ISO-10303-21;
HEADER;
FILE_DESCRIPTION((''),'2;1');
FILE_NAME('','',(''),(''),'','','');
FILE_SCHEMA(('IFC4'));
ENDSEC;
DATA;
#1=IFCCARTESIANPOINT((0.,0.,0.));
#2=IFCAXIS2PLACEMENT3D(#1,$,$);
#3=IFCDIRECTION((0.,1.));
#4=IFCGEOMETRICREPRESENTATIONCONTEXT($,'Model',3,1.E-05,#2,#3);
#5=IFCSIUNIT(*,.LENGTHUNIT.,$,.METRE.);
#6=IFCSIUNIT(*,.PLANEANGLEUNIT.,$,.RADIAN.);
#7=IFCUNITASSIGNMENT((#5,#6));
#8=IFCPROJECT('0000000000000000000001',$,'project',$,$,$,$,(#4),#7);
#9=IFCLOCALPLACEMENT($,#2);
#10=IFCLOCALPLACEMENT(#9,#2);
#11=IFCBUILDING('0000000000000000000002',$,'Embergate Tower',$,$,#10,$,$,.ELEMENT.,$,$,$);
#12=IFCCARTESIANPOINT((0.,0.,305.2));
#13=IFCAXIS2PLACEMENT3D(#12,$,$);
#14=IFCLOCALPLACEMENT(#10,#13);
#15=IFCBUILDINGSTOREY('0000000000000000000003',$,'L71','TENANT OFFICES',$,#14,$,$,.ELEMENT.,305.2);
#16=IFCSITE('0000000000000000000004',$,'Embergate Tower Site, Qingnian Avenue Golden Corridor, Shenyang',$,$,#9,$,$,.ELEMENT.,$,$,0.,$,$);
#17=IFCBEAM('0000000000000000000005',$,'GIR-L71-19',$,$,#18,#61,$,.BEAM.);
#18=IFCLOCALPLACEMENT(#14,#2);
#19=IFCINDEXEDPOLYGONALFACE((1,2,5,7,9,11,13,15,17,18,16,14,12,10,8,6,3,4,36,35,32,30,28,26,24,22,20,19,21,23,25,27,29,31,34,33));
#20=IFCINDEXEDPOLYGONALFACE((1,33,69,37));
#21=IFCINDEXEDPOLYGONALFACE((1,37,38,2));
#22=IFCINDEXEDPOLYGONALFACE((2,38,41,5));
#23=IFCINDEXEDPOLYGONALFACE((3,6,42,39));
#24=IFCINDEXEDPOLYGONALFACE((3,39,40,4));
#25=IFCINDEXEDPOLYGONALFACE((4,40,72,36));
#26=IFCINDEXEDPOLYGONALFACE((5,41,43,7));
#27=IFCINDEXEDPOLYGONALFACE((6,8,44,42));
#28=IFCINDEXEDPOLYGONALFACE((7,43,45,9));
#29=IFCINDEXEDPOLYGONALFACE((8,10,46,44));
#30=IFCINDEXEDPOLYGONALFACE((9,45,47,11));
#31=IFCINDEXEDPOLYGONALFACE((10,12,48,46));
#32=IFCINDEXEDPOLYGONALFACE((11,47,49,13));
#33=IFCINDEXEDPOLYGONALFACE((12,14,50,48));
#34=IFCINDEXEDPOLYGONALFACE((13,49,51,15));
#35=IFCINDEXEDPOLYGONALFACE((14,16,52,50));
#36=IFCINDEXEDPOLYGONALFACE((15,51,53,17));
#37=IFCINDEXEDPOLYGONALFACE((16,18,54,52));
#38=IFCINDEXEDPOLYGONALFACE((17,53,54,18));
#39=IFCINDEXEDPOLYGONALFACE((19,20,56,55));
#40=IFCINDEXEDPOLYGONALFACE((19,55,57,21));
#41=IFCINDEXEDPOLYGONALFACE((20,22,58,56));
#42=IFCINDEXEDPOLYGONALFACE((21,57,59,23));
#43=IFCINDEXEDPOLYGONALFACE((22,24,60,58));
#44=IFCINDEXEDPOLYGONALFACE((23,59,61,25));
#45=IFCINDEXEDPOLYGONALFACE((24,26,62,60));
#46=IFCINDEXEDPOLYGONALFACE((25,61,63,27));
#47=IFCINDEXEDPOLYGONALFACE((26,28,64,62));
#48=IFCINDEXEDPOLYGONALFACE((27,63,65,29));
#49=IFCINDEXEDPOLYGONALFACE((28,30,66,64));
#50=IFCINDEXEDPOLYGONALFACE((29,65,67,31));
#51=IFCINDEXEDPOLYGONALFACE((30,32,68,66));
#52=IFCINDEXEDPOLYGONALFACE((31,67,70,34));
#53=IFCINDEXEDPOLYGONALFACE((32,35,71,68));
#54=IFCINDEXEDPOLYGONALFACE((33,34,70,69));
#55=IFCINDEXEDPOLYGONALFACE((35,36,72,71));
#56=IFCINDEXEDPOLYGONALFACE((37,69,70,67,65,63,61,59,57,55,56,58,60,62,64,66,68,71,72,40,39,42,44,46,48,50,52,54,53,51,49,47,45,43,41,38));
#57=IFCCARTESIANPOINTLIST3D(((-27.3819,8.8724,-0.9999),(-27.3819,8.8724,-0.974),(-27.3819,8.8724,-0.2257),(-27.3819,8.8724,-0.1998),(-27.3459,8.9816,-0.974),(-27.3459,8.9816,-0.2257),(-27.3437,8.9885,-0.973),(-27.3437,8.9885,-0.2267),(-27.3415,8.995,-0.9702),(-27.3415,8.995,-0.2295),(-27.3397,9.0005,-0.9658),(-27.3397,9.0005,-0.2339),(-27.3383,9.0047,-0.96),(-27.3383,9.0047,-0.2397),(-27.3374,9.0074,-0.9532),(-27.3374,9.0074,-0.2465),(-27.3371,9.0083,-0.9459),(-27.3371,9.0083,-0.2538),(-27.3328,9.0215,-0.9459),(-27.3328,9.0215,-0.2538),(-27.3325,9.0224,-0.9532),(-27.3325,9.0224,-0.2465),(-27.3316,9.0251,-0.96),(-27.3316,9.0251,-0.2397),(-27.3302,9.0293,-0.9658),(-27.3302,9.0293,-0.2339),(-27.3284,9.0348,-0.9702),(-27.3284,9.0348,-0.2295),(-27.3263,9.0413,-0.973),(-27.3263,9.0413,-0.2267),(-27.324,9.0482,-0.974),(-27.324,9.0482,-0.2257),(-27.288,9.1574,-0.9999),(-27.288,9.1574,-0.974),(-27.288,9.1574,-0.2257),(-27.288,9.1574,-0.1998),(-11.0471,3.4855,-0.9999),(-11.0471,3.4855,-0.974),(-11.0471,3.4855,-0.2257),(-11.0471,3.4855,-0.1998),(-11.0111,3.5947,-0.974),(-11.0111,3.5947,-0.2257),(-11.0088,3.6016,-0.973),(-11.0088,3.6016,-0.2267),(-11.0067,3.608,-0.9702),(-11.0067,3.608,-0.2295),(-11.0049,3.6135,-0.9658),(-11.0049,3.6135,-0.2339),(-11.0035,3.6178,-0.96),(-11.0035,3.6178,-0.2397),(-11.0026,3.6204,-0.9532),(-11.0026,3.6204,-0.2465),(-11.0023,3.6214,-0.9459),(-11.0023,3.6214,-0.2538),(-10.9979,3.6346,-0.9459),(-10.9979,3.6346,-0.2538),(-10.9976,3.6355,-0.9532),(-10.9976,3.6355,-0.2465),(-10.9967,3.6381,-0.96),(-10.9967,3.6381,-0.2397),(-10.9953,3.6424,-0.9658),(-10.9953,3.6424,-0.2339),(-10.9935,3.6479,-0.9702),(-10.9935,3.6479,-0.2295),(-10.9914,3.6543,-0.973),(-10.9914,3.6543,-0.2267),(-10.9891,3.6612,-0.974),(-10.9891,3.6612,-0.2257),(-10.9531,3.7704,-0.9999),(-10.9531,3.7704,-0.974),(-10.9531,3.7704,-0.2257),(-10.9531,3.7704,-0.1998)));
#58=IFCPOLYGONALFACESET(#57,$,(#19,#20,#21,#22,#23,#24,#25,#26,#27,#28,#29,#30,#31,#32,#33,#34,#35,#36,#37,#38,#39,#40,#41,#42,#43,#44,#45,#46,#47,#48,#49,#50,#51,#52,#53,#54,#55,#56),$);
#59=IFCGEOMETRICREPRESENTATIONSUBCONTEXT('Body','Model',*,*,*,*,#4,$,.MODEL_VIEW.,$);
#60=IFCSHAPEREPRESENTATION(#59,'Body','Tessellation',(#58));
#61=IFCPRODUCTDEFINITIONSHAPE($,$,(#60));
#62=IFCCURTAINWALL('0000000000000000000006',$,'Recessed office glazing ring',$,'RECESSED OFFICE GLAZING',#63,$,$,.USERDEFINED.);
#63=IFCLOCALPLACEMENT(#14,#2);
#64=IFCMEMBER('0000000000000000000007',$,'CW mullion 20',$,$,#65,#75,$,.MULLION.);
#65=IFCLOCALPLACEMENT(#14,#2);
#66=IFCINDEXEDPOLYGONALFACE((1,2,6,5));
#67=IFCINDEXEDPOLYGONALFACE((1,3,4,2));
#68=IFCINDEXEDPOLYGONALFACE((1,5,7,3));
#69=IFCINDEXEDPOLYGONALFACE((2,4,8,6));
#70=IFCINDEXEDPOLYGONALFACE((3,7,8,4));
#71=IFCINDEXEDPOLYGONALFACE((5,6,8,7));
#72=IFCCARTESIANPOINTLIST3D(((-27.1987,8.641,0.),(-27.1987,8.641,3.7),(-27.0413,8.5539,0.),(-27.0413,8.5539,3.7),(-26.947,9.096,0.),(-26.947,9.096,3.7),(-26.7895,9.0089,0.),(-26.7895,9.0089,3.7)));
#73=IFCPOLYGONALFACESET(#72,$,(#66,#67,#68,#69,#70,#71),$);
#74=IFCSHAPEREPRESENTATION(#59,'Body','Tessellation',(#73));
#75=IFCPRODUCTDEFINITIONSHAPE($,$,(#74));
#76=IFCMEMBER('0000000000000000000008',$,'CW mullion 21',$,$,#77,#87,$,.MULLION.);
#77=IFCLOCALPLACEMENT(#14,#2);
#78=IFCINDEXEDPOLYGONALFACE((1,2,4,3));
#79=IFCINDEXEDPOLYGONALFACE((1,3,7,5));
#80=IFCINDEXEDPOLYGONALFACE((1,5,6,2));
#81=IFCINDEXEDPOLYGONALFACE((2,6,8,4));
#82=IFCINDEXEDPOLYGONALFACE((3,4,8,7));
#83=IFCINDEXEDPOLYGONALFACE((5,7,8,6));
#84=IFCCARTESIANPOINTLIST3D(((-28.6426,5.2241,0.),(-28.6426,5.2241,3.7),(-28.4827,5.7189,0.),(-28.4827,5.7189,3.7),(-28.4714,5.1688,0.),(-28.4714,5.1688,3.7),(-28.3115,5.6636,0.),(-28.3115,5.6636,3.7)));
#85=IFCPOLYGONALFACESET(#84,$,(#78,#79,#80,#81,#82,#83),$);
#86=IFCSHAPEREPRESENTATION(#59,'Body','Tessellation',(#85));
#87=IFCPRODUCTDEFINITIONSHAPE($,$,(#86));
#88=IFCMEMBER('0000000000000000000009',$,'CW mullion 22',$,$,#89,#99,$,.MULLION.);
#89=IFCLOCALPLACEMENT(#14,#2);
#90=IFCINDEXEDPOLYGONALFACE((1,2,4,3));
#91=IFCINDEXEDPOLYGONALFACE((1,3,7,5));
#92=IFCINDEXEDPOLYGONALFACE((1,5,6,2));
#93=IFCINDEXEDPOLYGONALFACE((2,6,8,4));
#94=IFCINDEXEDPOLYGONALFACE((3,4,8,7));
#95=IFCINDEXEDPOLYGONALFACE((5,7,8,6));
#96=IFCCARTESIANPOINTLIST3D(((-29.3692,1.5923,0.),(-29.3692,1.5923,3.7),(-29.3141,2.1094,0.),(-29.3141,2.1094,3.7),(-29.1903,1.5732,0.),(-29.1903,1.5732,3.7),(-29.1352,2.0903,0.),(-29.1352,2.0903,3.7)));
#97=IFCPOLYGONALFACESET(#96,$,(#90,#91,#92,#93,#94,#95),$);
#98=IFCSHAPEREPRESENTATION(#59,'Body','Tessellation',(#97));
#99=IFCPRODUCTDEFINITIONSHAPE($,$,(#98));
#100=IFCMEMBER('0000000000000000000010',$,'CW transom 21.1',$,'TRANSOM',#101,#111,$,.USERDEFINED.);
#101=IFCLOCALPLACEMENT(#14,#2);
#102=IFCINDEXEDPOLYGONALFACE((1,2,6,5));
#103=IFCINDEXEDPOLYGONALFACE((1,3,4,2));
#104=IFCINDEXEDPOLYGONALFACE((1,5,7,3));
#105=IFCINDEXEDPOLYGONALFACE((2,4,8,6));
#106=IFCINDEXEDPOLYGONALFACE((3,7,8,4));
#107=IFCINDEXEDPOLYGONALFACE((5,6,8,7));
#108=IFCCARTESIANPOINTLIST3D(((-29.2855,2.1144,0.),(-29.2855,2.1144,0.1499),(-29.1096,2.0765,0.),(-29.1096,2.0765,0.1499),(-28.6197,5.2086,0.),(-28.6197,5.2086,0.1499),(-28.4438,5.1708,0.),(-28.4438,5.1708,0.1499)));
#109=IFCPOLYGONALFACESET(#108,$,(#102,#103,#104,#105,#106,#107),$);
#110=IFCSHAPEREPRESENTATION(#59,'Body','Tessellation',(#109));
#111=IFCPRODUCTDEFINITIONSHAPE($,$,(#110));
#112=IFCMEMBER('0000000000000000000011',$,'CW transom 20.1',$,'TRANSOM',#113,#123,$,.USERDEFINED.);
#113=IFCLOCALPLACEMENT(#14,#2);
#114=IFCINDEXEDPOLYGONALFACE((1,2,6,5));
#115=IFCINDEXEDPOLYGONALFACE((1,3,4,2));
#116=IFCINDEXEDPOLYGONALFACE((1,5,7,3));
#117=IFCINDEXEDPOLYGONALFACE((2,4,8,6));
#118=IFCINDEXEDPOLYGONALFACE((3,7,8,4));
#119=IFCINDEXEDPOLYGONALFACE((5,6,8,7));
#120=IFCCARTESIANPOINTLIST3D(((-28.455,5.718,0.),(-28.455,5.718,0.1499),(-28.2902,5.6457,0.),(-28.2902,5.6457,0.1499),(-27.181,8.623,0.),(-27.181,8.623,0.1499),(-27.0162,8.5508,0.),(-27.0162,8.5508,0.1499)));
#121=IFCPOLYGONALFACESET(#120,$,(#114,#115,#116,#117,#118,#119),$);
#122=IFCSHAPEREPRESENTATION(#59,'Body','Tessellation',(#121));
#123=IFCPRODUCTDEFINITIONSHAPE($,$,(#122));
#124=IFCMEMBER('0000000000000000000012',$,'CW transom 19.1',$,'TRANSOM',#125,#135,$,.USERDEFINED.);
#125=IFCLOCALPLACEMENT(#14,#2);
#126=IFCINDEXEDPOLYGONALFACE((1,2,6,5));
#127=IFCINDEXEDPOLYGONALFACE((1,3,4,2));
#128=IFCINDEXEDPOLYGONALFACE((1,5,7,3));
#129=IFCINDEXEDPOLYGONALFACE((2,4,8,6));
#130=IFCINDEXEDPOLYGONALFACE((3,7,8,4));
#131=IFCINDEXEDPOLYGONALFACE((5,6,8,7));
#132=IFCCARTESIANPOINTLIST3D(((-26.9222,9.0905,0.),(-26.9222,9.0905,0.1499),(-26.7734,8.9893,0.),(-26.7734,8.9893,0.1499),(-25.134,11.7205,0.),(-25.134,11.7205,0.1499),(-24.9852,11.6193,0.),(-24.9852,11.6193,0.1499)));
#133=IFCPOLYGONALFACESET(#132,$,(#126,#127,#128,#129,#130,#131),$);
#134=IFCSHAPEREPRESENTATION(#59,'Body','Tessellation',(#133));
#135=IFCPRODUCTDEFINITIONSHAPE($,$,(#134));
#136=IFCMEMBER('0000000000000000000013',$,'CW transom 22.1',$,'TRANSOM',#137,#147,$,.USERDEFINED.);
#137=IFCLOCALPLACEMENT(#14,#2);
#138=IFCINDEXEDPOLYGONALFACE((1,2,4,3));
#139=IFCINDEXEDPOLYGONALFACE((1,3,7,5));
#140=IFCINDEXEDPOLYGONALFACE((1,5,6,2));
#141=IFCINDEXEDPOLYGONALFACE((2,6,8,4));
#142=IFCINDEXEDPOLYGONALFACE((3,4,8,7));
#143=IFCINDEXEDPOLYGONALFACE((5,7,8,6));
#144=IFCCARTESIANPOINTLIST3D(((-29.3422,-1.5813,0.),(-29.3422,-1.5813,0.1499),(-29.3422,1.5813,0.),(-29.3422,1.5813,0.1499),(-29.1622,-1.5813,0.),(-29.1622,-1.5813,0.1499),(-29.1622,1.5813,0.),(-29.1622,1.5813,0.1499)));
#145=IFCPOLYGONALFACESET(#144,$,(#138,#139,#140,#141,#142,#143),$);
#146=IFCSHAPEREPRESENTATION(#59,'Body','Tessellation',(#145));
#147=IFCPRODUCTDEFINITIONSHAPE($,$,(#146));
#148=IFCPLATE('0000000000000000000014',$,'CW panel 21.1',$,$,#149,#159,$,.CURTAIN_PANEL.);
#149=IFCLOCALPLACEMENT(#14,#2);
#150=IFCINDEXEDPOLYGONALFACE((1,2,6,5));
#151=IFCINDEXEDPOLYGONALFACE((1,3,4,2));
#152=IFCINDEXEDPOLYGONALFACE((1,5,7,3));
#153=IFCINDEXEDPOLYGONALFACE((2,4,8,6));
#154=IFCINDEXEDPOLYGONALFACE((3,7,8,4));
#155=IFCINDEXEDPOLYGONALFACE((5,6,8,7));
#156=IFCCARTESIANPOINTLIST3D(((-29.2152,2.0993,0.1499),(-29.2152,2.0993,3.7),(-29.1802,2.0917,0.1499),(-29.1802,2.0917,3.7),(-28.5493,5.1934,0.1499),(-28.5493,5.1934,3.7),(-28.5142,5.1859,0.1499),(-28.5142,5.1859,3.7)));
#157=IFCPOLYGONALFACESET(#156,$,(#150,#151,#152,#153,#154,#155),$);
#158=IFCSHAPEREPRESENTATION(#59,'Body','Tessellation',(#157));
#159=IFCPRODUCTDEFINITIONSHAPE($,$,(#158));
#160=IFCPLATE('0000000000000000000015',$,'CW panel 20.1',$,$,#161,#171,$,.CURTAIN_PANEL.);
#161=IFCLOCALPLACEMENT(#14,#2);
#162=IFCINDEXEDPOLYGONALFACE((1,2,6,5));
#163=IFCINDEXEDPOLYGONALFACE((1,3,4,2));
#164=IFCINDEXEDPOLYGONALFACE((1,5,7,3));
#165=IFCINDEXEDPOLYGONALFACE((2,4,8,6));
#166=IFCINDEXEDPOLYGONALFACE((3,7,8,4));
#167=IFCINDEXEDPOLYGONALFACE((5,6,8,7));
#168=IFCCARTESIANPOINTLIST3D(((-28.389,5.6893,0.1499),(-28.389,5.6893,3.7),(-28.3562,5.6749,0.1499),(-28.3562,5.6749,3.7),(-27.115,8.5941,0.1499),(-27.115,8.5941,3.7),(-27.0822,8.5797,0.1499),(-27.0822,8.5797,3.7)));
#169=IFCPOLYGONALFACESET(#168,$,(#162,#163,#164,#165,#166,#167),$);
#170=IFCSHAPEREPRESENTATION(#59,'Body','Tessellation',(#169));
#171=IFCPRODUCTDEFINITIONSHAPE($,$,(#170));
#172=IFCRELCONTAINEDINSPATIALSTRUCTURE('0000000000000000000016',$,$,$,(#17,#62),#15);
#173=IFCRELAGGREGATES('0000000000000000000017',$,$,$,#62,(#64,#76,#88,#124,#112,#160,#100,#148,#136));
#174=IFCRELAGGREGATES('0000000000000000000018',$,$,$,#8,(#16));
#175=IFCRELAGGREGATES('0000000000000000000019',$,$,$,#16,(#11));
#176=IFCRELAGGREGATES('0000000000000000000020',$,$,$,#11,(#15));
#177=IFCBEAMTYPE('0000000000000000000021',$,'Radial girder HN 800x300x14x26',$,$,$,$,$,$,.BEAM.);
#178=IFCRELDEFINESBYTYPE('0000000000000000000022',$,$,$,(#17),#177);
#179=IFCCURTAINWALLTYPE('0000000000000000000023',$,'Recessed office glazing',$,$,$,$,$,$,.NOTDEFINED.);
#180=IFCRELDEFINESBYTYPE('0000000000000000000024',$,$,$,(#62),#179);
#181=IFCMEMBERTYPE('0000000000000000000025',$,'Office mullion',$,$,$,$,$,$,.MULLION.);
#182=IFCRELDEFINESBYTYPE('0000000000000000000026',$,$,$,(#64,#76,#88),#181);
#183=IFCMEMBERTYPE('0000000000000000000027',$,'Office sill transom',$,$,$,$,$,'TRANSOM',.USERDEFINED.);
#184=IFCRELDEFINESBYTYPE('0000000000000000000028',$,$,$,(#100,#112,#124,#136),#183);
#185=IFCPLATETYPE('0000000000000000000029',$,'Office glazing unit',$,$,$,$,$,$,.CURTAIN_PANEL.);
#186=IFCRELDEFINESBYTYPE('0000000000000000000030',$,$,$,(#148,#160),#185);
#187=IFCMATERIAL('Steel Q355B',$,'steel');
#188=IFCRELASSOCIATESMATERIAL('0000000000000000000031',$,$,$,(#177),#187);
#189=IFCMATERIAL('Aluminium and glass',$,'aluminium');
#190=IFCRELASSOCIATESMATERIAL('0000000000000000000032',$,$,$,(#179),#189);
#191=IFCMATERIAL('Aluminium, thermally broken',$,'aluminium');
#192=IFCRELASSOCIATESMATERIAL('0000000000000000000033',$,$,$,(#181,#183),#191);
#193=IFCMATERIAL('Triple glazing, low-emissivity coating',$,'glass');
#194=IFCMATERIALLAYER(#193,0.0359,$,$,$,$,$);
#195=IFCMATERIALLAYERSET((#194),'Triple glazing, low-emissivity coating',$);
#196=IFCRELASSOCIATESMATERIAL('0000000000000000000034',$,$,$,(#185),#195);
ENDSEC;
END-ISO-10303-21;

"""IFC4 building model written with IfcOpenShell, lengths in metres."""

from ifc_helpers import new_model, si_unit, direction, frame, origin, origin_2d, place, context, subcontext, project, spatial, rectangle, i_section, extrude, source, transform, mapped, material, layer, layer_set, material_profile, profile_set, type_object, element, aggregate, save


model = new_model("IFC4")

# Units and contexts
model_context = context("Model", 3, precision=1e-05, world=origin(), true_north=direction((0.0, 1.0)))
body_context = subcontext(model_context, "Body", "Model", "MODEL_VIEW")
ifc_project = project(units=[si_unit("LENGTHUNIT", "METRE"), si_unit("PLANEANGLEUNIT", "RADIAN")], contexts=[model_context])

# Site, building, storey
site_placement = place(None, origin())
site = spatial("IfcSite", under=ifc_project, at=site_placement, Name="Embergate Tower Site, Qingnian Avenue Golden Corridor, Shenyang", CompositionType="ELEMENT", RefElevation=0.0)
building_placement = place(site_placement, origin())
building = spatial("IfcBuilding", under=site, at=building_placement, Name="Embergate Tower", CompositionType="ELEMENT")
storey_placement = place(building_placement, frame((0.0, 0.0, 305.2)))
storey = spatial("IfcBuildingStorey", under=building, at=storey_placement, Name="L71", Description="TENANT OFFICES", CompositionType="ELEMENT", Elevation=305.2)

# Beam
ifc_material_1 = material(Name="Steel Q355B", Category="steel")
ifc_material_profile_1 = material_profile(ifc_material_1, i_section(OverallWidth=0.3, OverallDepth=0.8, WebThickness=0.0139, FlangeThickness=0.0259, FilletRadius=0.0281, at=origin_2d()), Name="HN 800x300x14x26")
ifc_profile_set_1 = profile_set([ifc_material_profile_1], Name="Steel Q355 grade B")
beam_type_1 = type_object("IfcBeamType", Name="Radial girder HN 800x300x14x26", PredefinedType="BEAM", material=ifc_profile_set_1)
shared_shape_1 = source(origin(), body_context, "Body", "SweptSolid", [
    extrude(i_section(OverallWidth=0.3, OverallDepth=0.8, WebThickness=0.0139, FlangeThickness=0.0259, FilletRadius=0.0281, at=origin_2d()), origin(), (0.0, 0.0, 1.0), 17.2002),
])
beam_1_placement = place(storey_placement, frame((-27.335, 9.0149, -0.5999), z_axis=(0.94969, -0.31319, 0.0), x_axis=(0.31319, 0.94969, 0.0)))
element("IfcBeam", 1, at=beam_1_placement, inside=storey, type_object=beam_type_1, Name="GIR-L71-19", PredefinedType="BEAM", context=body_context, shape_type="MappedRepresentation", body=[
    mapped(shared_shape_1, transform((0.0, 0.0, 0.0))),
])

# Curtain wall, members, plates
ifc_material_2 = material(Name="Aluminium and glass", Category="aluminium")
curtain_wall_type = type_object("IfcCurtainWallType", Name="Recessed office glazing", PredefinedType="NOTDEFINED", material=ifc_material_2)
curtain_wall_placement = place(storey_placement, origin())
curtain_wall = element("IfcCurtainWall", 2, at=curtain_wall_placement, inside=storey, type_object=curtain_wall_type, Name="Recessed office glazing ring", ObjectType="RECESSED OFFICE GLAZING", PredefinedType="USERDEFINED")
ifc_material_3 = material(Name="Aluminium, thermally broken", Category="aluminium")
ifc_material_profile_2 = material_profile(ifc_material_3, rectangle(XDim=0.1799, YDim=0.52, at=origin_2d()), Name="AL 520x180")
ifc_profile_set_2 = profile_set([ifc_material_profile_2], Name="Aluminium, thermally broken")
member_type_1 = type_object("IfcMemberType", Name="Office mullion", PredefinedType="MULLION", material=ifc_profile_set_2)
shared_shape_2 = source(origin(), body_context, "Body", "SweptSolid", [
    extrude(rectangle(XDim=0.1799, YDim=0.52, at=origin_2d()), origin(), (0.0, 0.0, 1.0), 3.7),
])
member_1_placement = place(storey_placement, frame((-26.9941, 8.825, 0.0), z_axis=(0.0, 0.0, 1.0), x_axis=(0.874993, -0.484135, 0.0)))
member_1 = element("IfcMember", 3, at=member_1_placement, type_object=member_type_1, Name="CW mullion 20", PredefinedType="MULLION", context=body_context, shape_type="MappedRepresentation", body=[
    mapped(shared_shape_2, transform((0.0, 0.0, 0.0))),
])
member_2_placement = place(storey_placement, frame((-28.4771, 5.4438, 0.0), z_axis=(0.0, 0.0, 1.0), x_axis=(0.951493, -0.307671, 0.0)))
member_2 = element("IfcMember", 4, at=member_2_placement, type_object=member_type_1, Name="CW mullion 21", PredefinedType="MULLION", context=body_context, shape_type="MappedRepresentation", body=[
    mapped(shared_shape_2, transform((0.0, 0.0, 0.0))),
])
member_3_placement = place(storey_placement, frame((-29.2522, 1.8413, 0.0), z_axis=(0.0, 0.0, 1.0), x_axis=(0.994384, -0.10583, 0.0)))
member_3 = element("IfcMember", 5, at=member_3_placement, type_object=member_type_1, Name="CW mullion 22", PredefinedType="MULLION", context=body_context, shape_type="MappedRepresentation", body=[
    mapped(shared_shape_2, transform((0.0, 0.0, 0.0))),
])
ifc_material_profile_3 = material_profile(ifc_material_3, rectangle(XDim=0.1799, YDim=0.1499, at=origin_2d()), Name="AL 150x180")
ifc_profile_set_3 = profile_set([ifc_material_profile_3], Name="Aluminium, thermally broken")
member_type_2 = type_object("IfcMemberType", Name="Office sill transom", ElementType="TRANSOM", PredefinedType="USERDEFINED", material=ifc_profile_set_3)
shared_shape_3 = source(origin(), body_context, "Body", "SweptSolid", [
    extrude(rectangle(XDim=0.1799, YDim=0.1499, at=origin_2d()), origin(), (0.0, 0.0, 1.0), 3.165),
])
member_4_placement = place(storey_placement, frame((-28.5317, 5.1897, 0.075), z_axis=(-0.210351, -0.977626, 0.0), x_axis=(0.977626, -0.210351, 0.0)))
member_4 = element("IfcMember", 6, at=member_4_placement, type_object=member_type_2, Name="CW transom 21.1", ObjectType="TRANSOM", PredefinedType="USERDEFINED", context=body_context, shape_type="MappedRepresentation", body=[
    mapped(shared_shape_3, transform((0.0, 0.0, 0.0))),
])
shared_shape_4 = source(origin(), body_context, "Body", "SweptSolid", [
    extrude(rectangle(XDim=0.1799, YDim=0.1499, at=origin_2d()), origin(), (0.0, 0.0, 1.0), 3.1721),
])
member_5_placement = place(storey_placement, frame((-27.0986, 8.5869, 0.075), z_axis=(-0.401606, -0.915813, 0.0), x_axis=(0.915813, -0.401606, 0.0)))
member_5 = element("IfcMember", 7, at=member_5_placement, type_object=member_type_2, Name="CW transom 20.1", ObjectType="TRANSOM", PredefinedType="USERDEFINED", context=body_context, shape_type="MappedRepresentation", body=[
    mapped(shared_shape_4, transform((0.0, 0.0, 0.0))),
])
shared_shape_5 = source(origin(), body_context, "Body", "SweptSolid", [
    extrude(rectangle(XDim=0.1799, YDim=0.1499, at=origin_2d()), origin(), (0.0, 0.0, 1.0), 3.1804),
])
member_6_placement = place(storey_placement, frame((-25.0596, 11.6699, 0.075), z_axis=(-0.562276, -0.826949, 0.0), x_axis=(0.826949, -0.562276, 0.0)))
member_6 = element("IfcMember", 8, at=member_6_placement, type_object=member_type_2, Name="CW transom 19.1", ObjectType="TRANSOM", PredefinedType="USERDEFINED", context=body_context, shape_type="MappedRepresentation", body=[
    mapped(shared_shape_5, transform((0.0, 0.0, 0.0))),
])
shared_shape_6 = source(origin(), body_context, "Body", "SweptSolid", [
    extrude(rectangle(XDim=0.1799, YDim=0.1499, at=origin_2d()), origin(), (0.0, 0.0, 1.0), 3.1626),
])
member_7_placement = place(storey_placement, frame((-29.2522, 1.5813, 0.075), z_axis=(0.0, -1.0, 0.0), x_axis=(1.0, 0.0, 0.0)))
member_7 = element("IfcMember", 9, at=member_7_placement, type_object=member_type_2, Name="CW transom 22.1", ObjectType="TRANSOM", PredefinedType="USERDEFINED", context=body_context, shape_type="MappedRepresentation", body=[
    mapped(shared_shape_6, transform((0.0, 0.0, 0.0))),
])
ifc_material_4 = material(Name="Triple glazing, low-emissivity coating", Category="glass")
ifc_layer_1 = layer(ifc_material_4, 0.0359)
ifc_layer_set_1 = layer_set([ifc_layer_1], Name="Triple glazing, low-emissivity coating")
plate_type = type_object("IfcPlateType", Name="Office glazing unit", PredefinedType="CURTAIN_PANEL", material=ifc_layer_set_1)
shared_shape_7 = source(origin(), body_context, "Body", "SweptSolid", [
    extrude(rectangle(XDim=3.165, YDim=0.0359, at=origin_2d()), origin(), (0.0, 0.0, 1.0), 3.55),
])
plate_1_placement = place(storey_placement, frame((-28.8647, 3.6426, 0.1499), z_axis=(0.0, 0.0, 1.0), x_axis=(-0.210398, -0.977616, 0.0)))
plate_1 = element("IfcPlate", 10, at=plate_1_placement, type_object=plate_type, Name="CW panel 21.1", PredefinedType="CURTAIN_PANEL", context=body_context, shape_type="MappedRepresentation", body=[
    mapped(shared_shape_7, transform((0.0, 0.0, 0.0))),
])
shared_shape_8 = source(origin(), body_context, "Body", "SweptSolid", [
    extrude(rectangle(XDim=3.1719, YDim=0.0359, at=origin_2d()), origin(), (0.0, 0.0, 1.0), 3.55),
])
plate_2_placement = place(storey_placement, frame((-27.7356, 7.1345, 0.1499), z_axis=(0.0, 0.0, 1.0), x_axis=(-0.401652, -0.915792, 0.0)))
plate_2 = element("IfcPlate", 11, at=plate_2_placement, type_object=plate_type, Name="CW panel 20.1", PredefinedType="CURTAIN_PANEL", context=body_context, shape_type="MappedRepresentation", body=[
    mapped(shared_shape_8, transform((0.0, 0.0, 0.0))),
])
aggregate(curtain_wall, [member_1, member_2, member_3, member_6, member_5, plate_2, member_4, plate_1, member_7])

save(model, "model.ifc")
